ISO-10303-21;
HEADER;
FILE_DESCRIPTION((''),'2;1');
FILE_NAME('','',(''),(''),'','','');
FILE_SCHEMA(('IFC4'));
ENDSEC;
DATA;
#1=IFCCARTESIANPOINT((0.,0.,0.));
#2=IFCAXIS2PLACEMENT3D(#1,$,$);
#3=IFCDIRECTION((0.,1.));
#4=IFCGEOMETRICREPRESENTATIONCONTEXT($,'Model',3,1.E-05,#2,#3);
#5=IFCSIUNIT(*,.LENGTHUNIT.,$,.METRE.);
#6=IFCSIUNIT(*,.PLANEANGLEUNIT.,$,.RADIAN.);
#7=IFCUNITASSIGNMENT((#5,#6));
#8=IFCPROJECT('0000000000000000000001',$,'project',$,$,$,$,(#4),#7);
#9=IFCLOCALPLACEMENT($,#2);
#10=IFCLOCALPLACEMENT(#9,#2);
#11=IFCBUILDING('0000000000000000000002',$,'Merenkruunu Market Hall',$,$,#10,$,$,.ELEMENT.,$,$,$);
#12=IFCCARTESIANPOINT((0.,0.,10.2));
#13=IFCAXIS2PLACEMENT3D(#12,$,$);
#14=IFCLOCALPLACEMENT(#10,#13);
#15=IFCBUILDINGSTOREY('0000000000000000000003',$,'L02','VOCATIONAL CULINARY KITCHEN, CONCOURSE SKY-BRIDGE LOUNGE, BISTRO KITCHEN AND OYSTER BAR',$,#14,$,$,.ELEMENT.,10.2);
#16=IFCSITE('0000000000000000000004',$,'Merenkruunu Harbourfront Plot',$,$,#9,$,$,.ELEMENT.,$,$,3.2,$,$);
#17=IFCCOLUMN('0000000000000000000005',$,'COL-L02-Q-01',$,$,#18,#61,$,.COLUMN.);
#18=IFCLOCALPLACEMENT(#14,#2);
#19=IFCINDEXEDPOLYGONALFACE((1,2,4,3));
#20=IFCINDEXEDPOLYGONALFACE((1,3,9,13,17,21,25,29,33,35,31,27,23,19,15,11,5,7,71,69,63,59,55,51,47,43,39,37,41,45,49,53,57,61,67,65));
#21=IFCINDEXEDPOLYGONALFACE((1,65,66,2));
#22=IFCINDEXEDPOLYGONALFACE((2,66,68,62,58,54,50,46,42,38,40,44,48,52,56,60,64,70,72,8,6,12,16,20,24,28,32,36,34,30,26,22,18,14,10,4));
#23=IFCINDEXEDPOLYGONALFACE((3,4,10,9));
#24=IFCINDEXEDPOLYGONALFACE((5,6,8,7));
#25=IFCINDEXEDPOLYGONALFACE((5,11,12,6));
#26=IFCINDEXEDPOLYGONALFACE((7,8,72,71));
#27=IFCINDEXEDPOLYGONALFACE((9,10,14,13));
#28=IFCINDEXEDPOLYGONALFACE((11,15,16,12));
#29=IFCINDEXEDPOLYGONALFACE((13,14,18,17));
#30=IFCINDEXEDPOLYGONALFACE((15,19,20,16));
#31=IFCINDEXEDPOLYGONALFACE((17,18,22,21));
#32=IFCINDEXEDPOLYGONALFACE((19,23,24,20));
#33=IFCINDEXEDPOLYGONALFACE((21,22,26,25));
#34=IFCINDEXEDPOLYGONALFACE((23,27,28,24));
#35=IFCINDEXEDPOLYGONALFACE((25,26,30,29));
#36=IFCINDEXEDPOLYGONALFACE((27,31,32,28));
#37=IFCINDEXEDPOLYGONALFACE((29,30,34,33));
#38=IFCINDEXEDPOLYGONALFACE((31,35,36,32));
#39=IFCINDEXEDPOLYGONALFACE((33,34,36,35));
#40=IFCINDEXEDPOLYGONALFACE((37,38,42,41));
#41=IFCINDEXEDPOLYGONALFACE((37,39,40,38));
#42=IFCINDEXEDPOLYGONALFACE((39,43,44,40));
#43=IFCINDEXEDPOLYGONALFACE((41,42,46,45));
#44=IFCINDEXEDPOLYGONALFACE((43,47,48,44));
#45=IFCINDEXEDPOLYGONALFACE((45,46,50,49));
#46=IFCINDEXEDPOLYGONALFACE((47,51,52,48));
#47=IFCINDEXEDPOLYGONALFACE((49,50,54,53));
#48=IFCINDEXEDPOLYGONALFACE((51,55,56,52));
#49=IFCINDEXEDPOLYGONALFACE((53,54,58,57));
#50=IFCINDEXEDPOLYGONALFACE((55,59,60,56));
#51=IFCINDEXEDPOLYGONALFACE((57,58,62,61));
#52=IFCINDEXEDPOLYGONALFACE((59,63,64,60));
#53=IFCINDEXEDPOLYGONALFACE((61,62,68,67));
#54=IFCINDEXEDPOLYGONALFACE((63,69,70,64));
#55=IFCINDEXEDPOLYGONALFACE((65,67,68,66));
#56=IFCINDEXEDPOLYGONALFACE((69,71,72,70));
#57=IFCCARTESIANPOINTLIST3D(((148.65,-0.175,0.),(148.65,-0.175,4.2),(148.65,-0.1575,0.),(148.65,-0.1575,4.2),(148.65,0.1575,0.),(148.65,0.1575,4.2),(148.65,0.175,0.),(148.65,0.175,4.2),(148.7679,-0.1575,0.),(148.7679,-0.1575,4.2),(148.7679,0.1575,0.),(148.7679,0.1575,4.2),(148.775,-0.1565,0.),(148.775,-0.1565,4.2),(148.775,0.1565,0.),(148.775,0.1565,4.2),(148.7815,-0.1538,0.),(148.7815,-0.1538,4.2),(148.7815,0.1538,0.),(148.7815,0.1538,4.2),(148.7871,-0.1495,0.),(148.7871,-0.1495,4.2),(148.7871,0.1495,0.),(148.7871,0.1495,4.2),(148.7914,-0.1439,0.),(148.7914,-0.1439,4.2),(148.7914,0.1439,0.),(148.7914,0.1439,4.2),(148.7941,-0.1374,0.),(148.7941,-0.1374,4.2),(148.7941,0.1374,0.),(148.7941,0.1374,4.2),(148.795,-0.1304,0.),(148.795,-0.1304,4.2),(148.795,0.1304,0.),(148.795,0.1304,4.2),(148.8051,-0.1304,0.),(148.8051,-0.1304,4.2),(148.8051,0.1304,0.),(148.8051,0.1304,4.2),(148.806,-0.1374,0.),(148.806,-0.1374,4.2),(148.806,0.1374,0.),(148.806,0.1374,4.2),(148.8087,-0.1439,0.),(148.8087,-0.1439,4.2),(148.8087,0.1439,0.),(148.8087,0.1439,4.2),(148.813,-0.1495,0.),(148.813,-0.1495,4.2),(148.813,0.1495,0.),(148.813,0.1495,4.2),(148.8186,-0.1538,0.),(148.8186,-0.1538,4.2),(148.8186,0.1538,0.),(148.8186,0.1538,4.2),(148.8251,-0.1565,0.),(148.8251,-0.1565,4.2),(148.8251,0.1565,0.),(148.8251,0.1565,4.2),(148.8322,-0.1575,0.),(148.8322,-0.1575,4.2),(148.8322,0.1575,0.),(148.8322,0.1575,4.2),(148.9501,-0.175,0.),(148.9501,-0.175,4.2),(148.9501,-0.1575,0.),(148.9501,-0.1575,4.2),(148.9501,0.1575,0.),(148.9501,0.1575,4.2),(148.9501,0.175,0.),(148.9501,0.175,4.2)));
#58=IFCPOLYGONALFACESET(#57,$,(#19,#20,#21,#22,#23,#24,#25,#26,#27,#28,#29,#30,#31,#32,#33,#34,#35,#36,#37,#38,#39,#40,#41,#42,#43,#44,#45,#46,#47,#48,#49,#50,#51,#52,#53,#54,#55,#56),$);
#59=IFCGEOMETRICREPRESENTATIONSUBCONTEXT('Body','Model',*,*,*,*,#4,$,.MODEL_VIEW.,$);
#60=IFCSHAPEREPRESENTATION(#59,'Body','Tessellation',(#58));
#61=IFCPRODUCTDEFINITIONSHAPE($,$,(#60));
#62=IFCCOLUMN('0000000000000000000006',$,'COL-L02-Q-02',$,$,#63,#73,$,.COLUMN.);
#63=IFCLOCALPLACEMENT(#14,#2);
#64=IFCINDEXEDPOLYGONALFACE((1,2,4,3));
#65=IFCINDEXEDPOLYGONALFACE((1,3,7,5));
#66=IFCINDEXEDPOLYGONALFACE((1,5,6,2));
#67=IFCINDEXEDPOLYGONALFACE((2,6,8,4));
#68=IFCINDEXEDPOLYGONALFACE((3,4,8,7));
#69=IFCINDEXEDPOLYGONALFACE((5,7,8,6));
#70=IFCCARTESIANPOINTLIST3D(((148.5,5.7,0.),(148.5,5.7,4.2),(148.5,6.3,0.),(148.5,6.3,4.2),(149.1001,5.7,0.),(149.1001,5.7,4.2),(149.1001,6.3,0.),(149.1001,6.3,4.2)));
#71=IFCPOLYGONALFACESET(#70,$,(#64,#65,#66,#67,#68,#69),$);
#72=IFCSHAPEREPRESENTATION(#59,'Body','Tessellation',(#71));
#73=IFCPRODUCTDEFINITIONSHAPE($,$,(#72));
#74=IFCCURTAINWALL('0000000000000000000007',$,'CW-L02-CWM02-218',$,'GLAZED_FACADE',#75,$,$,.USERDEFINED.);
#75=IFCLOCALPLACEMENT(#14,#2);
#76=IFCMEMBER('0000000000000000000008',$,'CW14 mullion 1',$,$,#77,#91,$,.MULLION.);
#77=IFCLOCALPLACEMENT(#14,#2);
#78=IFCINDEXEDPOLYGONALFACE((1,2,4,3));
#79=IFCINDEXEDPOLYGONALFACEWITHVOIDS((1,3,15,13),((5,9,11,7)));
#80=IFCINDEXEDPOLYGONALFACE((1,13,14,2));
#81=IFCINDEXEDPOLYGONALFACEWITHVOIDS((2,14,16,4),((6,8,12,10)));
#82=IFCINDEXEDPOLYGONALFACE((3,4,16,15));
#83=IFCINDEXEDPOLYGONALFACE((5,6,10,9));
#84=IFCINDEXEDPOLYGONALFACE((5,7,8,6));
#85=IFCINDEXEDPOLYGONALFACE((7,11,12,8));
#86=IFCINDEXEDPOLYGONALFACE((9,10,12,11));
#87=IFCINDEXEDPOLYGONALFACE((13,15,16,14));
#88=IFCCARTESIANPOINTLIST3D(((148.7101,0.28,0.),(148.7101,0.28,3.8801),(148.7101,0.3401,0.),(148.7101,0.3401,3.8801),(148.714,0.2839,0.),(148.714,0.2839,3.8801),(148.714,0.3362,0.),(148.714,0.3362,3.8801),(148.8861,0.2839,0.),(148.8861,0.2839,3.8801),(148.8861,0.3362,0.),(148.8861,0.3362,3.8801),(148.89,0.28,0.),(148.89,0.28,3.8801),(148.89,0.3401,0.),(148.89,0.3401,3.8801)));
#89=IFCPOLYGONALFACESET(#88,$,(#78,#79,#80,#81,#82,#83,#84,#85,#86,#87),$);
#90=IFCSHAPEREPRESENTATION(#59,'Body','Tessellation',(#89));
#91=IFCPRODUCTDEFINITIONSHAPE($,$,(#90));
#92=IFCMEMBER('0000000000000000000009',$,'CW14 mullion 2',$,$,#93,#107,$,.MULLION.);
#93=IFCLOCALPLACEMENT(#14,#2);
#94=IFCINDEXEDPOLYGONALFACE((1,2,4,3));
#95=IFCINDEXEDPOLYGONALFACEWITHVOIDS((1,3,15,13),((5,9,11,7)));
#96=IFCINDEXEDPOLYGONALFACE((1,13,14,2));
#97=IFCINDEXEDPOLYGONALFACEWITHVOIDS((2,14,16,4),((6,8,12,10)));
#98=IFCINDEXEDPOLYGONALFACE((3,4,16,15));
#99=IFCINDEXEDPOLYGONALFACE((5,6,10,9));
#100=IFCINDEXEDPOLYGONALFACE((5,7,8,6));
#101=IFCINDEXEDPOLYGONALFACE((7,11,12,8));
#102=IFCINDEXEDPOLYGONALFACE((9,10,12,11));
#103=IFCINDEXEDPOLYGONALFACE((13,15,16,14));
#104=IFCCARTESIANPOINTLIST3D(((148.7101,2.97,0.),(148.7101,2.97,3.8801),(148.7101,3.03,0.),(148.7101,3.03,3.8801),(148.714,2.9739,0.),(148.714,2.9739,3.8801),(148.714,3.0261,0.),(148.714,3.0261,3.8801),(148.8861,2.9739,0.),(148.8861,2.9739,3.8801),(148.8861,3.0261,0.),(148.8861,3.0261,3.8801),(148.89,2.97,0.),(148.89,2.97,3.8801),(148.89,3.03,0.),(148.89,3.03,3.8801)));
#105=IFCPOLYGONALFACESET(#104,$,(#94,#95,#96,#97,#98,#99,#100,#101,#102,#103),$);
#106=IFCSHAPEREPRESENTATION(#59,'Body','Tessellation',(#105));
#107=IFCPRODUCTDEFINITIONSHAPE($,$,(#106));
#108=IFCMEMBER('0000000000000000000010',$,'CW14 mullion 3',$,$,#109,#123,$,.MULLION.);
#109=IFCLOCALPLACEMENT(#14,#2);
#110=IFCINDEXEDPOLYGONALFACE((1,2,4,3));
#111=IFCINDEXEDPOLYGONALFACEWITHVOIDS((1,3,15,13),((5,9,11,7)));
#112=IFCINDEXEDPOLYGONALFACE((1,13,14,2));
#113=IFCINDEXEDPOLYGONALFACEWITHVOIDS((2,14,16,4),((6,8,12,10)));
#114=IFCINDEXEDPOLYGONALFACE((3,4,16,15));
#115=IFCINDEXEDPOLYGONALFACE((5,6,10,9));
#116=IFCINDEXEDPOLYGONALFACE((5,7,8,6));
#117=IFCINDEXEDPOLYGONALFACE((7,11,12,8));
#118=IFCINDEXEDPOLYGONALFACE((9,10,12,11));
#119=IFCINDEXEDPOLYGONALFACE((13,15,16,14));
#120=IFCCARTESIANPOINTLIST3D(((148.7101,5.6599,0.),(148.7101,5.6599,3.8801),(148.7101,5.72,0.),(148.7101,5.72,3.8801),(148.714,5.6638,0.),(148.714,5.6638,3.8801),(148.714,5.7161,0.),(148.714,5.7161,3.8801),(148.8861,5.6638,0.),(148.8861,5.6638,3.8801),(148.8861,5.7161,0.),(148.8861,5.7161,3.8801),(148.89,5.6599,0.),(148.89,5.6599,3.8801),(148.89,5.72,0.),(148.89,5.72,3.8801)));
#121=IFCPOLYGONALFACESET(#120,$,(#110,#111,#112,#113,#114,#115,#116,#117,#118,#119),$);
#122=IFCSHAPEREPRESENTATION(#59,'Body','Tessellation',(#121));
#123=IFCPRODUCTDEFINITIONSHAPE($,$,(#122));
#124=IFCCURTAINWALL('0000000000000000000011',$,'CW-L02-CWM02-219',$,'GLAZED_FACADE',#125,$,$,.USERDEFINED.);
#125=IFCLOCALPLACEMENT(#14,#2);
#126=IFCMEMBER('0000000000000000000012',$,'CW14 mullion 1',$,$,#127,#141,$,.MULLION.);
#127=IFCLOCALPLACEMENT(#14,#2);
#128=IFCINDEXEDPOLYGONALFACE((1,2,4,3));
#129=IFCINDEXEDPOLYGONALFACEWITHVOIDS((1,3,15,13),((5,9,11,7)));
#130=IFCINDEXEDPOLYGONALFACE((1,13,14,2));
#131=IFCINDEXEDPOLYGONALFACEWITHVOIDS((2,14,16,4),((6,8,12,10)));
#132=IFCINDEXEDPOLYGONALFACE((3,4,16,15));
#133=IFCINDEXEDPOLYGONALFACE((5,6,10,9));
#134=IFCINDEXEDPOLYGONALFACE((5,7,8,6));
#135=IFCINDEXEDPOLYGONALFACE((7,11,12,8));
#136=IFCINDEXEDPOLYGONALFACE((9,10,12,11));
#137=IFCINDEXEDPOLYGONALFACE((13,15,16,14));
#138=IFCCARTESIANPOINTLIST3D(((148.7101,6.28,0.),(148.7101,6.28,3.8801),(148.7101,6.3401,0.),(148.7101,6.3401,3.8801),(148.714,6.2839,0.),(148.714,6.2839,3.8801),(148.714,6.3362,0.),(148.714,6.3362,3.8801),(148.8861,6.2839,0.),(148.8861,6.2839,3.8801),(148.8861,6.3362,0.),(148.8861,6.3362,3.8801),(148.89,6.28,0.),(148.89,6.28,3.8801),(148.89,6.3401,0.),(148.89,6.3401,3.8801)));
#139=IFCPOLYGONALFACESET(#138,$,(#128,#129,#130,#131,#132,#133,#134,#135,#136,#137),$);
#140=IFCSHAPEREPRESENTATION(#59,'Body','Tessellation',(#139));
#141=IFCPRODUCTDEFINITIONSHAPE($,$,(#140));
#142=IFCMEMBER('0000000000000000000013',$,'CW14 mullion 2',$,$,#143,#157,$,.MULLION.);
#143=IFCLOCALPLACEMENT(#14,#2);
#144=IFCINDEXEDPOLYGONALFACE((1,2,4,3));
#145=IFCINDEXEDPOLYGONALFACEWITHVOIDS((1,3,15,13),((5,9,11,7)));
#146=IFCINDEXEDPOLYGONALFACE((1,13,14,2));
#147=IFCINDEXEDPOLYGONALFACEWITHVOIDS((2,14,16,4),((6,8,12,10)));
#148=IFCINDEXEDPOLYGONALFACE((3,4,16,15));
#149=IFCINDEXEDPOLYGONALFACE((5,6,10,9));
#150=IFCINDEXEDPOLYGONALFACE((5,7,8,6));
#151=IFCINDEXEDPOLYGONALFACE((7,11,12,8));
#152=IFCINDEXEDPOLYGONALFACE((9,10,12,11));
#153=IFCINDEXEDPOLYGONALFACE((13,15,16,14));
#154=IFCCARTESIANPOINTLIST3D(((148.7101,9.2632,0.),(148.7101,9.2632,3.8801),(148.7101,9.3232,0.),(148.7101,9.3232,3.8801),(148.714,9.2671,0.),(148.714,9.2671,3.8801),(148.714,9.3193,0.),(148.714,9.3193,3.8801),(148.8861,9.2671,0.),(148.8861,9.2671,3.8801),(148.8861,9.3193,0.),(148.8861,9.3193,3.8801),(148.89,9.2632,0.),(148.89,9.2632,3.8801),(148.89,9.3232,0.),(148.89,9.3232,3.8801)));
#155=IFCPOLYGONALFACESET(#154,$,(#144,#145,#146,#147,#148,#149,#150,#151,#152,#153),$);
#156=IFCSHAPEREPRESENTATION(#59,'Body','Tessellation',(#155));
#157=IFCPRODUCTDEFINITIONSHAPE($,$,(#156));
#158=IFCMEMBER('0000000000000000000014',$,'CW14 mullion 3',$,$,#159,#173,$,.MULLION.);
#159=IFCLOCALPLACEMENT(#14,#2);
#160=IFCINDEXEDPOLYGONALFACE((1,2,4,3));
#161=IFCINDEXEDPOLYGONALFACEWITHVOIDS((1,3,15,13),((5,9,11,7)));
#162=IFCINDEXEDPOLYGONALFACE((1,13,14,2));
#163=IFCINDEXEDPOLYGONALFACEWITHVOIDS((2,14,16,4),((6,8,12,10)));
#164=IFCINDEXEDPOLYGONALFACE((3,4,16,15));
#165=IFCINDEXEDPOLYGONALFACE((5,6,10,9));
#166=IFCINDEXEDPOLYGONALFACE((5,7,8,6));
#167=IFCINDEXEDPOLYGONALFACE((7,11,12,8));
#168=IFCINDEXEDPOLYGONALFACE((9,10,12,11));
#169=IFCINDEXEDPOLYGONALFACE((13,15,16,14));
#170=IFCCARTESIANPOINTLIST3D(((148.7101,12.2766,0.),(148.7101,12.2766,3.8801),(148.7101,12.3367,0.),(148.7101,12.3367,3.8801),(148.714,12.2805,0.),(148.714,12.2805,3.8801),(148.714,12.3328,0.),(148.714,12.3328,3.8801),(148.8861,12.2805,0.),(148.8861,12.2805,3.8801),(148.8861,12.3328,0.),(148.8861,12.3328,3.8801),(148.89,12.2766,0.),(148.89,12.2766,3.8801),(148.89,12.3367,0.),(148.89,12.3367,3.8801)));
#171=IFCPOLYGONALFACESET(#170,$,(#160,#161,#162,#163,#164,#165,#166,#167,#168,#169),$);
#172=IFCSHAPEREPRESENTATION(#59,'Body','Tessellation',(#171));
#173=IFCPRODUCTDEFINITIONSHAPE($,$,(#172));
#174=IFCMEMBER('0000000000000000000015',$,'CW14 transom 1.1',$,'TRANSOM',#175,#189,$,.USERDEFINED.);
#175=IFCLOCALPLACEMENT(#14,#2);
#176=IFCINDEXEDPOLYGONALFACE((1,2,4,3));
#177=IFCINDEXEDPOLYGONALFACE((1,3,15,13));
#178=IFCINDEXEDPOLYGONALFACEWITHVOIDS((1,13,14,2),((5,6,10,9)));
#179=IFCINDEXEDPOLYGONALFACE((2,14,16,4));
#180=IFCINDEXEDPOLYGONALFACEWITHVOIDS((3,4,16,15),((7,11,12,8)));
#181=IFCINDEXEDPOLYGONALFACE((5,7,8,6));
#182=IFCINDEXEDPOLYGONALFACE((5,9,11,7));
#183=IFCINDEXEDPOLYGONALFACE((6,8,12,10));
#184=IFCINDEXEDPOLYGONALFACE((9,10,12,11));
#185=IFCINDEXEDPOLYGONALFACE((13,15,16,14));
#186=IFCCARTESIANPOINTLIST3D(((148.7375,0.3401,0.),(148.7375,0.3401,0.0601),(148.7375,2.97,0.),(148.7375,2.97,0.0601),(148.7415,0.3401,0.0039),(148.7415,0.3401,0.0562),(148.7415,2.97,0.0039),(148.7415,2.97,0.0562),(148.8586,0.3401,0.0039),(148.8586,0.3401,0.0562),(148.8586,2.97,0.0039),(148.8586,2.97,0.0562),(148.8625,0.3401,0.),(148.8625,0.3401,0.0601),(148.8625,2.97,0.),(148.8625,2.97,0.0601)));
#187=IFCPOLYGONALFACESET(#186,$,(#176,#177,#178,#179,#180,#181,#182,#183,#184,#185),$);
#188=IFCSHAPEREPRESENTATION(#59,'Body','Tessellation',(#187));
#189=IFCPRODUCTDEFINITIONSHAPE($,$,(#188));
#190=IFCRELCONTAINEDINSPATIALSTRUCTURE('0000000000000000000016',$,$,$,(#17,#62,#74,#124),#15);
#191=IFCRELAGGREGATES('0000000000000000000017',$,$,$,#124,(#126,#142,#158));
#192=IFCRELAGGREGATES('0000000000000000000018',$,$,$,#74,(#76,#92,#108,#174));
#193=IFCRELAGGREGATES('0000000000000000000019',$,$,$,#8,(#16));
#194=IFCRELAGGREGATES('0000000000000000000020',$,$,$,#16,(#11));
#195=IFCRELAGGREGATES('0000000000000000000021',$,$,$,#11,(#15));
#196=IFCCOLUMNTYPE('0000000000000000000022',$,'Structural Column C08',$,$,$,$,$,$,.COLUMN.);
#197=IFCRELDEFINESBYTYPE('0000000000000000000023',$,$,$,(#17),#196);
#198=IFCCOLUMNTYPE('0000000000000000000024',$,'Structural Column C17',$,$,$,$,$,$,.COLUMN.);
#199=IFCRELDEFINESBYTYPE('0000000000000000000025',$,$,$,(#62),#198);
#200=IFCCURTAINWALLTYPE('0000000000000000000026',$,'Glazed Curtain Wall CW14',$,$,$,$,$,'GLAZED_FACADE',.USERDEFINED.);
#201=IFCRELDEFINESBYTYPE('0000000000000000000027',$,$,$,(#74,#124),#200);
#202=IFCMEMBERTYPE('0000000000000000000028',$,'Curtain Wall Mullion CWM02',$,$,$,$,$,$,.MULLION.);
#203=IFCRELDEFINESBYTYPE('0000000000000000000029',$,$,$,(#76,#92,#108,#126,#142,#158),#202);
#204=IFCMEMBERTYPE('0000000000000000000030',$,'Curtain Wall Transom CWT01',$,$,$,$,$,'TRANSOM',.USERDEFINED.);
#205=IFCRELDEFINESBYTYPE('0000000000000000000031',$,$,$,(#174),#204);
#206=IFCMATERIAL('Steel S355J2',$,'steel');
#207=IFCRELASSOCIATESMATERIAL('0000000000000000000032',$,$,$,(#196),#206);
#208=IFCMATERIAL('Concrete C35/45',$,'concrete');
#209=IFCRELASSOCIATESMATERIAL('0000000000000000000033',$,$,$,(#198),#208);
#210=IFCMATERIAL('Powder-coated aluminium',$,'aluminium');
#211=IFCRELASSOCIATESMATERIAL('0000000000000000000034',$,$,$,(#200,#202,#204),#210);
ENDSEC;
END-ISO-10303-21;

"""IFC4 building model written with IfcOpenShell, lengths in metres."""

from ifc_helpers import new_model, si_unit, direction, frame, origin, origin_2d, place, context, subcontext, project, spatial, rectangle, hollow_rectangle, i_section, extrude, material, material_profile, profile_set, type_object, element, aggregate, save


model = new_model("IFC4")

# Units and contexts
model_context = context("Model", 3, precision=1e-05, world=origin(), true_north=direction((0.0, 1.0)))
body_context = subcontext(model_context, "Body", "Model", "MODEL_VIEW")
ifc_project = project(units=[si_unit("LENGTHUNIT", "METRE"), si_unit("PLANEANGLEUNIT", "RADIAN")], contexts=[model_context])

# Site, building, storey
site_placement = place(None, origin())
site = spatial("IfcSite", under=ifc_project, at=site_placement, Name="Merenkruunu Harbourfront Plot", CompositionType="ELEMENT", RefElevation=3.2)
building_placement = place(site_placement, origin())
building = spatial("IfcBuilding", under=site, at=building_placement, Name="Merenkruunu Market Hall", CompositionType="ELEMENT")
storey_placement = place(building_placement, frame((0.0, 0.0, 10.2)))
storey = spatial("IfcBuildingStorey", under=building, at=storey_placement, Name="L02", Description="VOCATIONAL CULINARY KITCHEN, CONCOURSE SKY-BRIDGE LOUNGE, BISTRO KITCHEN AND OYSTER BAR", CompositionType="ELEMENT", Elevation=10.2)

# Columns
ifc_material_1 = material(Name="Steel S355J2", Category="steel")
ifc_material_profile_1 = material_profile(ifc_material_1, i_section(OverallWidth=0.3, OverallDepth=0.3501, WebThickness=0.01, FlangeThickness=0.0176, FilletRadius=0.0271, at=origin_2d()), Name="HEA 360")
ifc_profile_set_1 = profile_set([ifc_material_profile_1], Name="Steel S355J2")
column_type_1 = type_object("IfcColumnType", Name="Structural Column C08", PredefinedType="COLUMN", material=ifc_profile_set_1)
column_1_placement = place(storey_placement, frame((148.8, 0.0, 0.0), z_axis=(0.0, 0.0, 1.0), x_axis=(1.0, 0.0, 0.0)))
element("IfcColumn", 1, at=column_1_placement, inside=storey, type_object=column_type_1, Name="COL-L02-Q-01", PredefinedType="COLUMN", context=body_context, shape_type="SweptSolid", body=[
    extrude(i_section(OverallWidth=0.3, OverallDepth=0.3501, WebThickness=0.01, FlangeThickness=0.0176, FilletRadius=0.0271, at=origin_2d()), origin(), (0.0, 0.0, 1.0), 4.2),
])
ifc_material_2 = material(Name="Concrete C35/45", Category="concrete")
ifc_material_profile_2 = material_profile(ifc_material_2, rectangle(XDim=0.6001, YDim=0.6001, at=origin_2d()), Name="RC 600x600")
ifc_profile_set_2 = profile_set([ifc_material_profile_2], Name="Concrete C35/45")
column_type_2 = type_object("IfcColumnType", Name="Structural Column C17", PredefinedType="COLUMN", material=ifc_profile_set_2)
column_2_placement = place(storey_placement, frame((148.8, 6.0, 0.0), z_axis=(0.0, 0.0, 1.0), x_axis=(1.0, 0.0, 0.0)))
element("IfcColumn", 2, at=column_2_placement, inside=storey, type_object=column_type_2, Name="COL-L02-Q-02", PredefinedType="COLUMN", context=body_context, shape_type="SweptSolid", body=[
    extrude(rectangle(XDim=0.6001, YDim=0.6001, at=origin_2d()), origin(), (0.0, 0.0, 1.0), 4.2),
])

# Curtain walls, members
ifc_material_3 = material(Name="Powder-coated aluminium", Category="aluminium")
curtain_wall_type = type_object("IfcCurtainWallType", Name="Glazed Curtain Wall CW14", ElementType="GLAZED_FACADE", PredefinedType="USERDEFINED", material=ifc_material_3)
curtain_wall_1_placement = place(storey_placement, origin())
curtain_wall_1 = element("IfcCurtainWall", 3, at=curtain_wall_1_placement, inside=storey, type_object=curtain_wall_type, Name="CW-L02-CWM02-218", ObjectType="GLAZED_FACADE", PredefinedType="USERDEFINED")
ifc_material_profile_3 = material_profile(ifc_material_3, hollow_rectangle(XDim=0.0601, YDim=0.1799, WallThickness=0.0039, at=origin_2d()), Name="ALU 60x180x4")
ifc_profile_set_3 = profile_set([ifc_material_profile_3], Name="Powder-coated aluminium")
member_type_1 = type_object("IfcMemberType", Name="Curtain Wall Mullion CWM02", PredefinedType="MULLION", material=ifc_profile_set_3)
member_1_placement = place(storey_placement, frame((148.8, 0.3101, 0.0), z_axis=(0.0, 0.0, 1.0), x_axis=(0.0, 1.0, 0.0)))
member_1 = element("IfcMember", 4, at=member_1_placement, type_object=member_type_1, Name="CW14 mullion 1", PredefinedType="MULLION", context=body_context, shape_type="SweptSolid", body=[
    extrude(hollow_rectangle(XDim=0.0601, YDim=0.1799, WallThickness=0.0039, at=origin_2d()), origin(), (0.0, 0.0, 1.0), 3.8801),
])
member_2_placement = place(storey_placement, frame((148.8, 3.0, 0.0), z_axis=(0.0, 0.0, 1.0), x_axis=(0.0, 1.0, 0.0)))
member_2 = element("IfcMember", 5, at=member_2_placement, type_object=member_type_1, Name="CW14 mullion 2", PredefinedType="MULLION", context=body_context, shape_type="SweptSolid", body=[
    extrude(hollow_rectangle(XDim=0.0601, YDim=0.1799, WallThickness=0.0039, at=origin_2d()), origin(), (0.0, 0.0, 1.0), 3.8801),
])
member_3_placement = place(storey_placement, frame((148.8, 5.6899, 0.0), z_axis=(0.0, 0.0, 1.0), x_axis=(0.0, 1.0, 0.0)))
member_3 = element("IfcMember", 6, at=member_3_placement, type_object=member_type_1, Name="CW14 mullion 3", PredefinedType="MULLION", context=body_context, shape_type="SweptSolid", body=[
    extrude(hollow_rectangle(XDim=0.0601, YDim=0.1799, WallThickness=0.0039, at=origin_2d()), origin(), (0.0, 0.0, 1.0), 3.8801),
])
curtain_wall_2_placement = place(storey_placement, origin())
curtain_wall_2 = element("IfcCurtainWall", 7, at=curtain_wall_2_placement, inside=storey, type_object=curtain_wall_type, Name="CW-L02-CWM02-219", ObjectType="GLAZED_FACADE", PredefinedType="USERDEFINED")
member_4_placement = place(storey_placement, frame((148.8, 6.3101, 0.0), z_axis=(0.0, 0.0, 1.0), x_axis=(0.0, 1.0, 0.0)))
member_4 = element("IfcMember", 8, at=member_4_placement, type_object=member_type_1, Name="CW14 mullion 1", PredefinedType="MULLION", context=body_context, shape_type="SweptSolid", body=[
    extrude(hollow_rectangle(XDim=0.0601, YDim=0.1799, WallThickness=0.0039, at=origin_2d()), origin(), (0.0, 0.0, 1.0), 3.8801),
])
member_5_placement = place(storey_placement, frame((148.8, 9.2932, 0.0), z_axis=(0.0, 0.0, 1.0), x_axis=(0.0, 1.0, 0.0)))
member_5 = element("IfcMember", 9, at=member_5_placement, type_object=member_type_1, Name="CW14 mullion 2", PredefinedType="MULLION", context=body_context, shape_type="SweptSolid", body=[
    extrude(hollow_rectangle(XDim=0.0601, YDim=0.1799, WallThickness=0.0039, at=origin_2d()), origin(), (0.0, 0.0, 1.0), 3.8801),
])
member_6_placement = place(storey_placement, frame((148.8, 12.3066, 0.0), z_axis=(0.0, 0.0, 1.0), x_axis=(0.0, 1.0, 0.0)))
member_6 = element("IfcMember", 10, at=member_6_placement, type_object=member_type_1, Name="CW14 mullion 3", PredefinedType="MULLION", context=body_context, shape_type="SweptSolid", body=[
    extrude(hollow_rectangle(XDim=0.0601, YDim=0.1799, WallThickness=0.0039, at=origin_2d()), origin(), (0.0, 0.0, 1.0), 3.8801),
])

# Member
ifc_material_profile_4 = material_profile(ifc_material_3, hollow_rectangle(XDim=0.0601, YDim=0.125, WallThickness=0.0039, at=origin_2d()), Name="ALU 60x125x4")
ifc_profile_set_4 = profile_set([ifc_material_profile_4], Name="Powder-coated aluminium")
member_type_2 = type_object("IfcMemberType", Name="Curtain Wall Transom CWT01", ElementType="TRANSOM", PredefinedType="USERDEFINED", material=ifc_profile_set_4)
member_7_placement = place(storey_placement, frame((148.8, 0.3401, 0.03), z_axis=(0.0, 1.0, 0.0), x_axis=(0.0, 0.0, 1.0)))
member_7 = element("IfcMember", 11, at=member_7_placement, type_object=member_type_2, Name="CW14 transom 1.1", ObjectType="TRANSOM", PredefinedType="USERDEFINED", context=body_context, shape_type="SweptSolid", body=[
    extrude(hollow_rectangle(XDim=0.0601, YDim=0.125, WallThickness=0.0039, at=origin_2d()), origin(), (0.0, 0.0, 1.0), 2.6299),
])
aggregate(curtain_wall_2, [member_4, member_5, member_6])

aggregate(curtain_wall_1, [member_1, member_2, member_3, member_7])

save(model, "model.ifc")
